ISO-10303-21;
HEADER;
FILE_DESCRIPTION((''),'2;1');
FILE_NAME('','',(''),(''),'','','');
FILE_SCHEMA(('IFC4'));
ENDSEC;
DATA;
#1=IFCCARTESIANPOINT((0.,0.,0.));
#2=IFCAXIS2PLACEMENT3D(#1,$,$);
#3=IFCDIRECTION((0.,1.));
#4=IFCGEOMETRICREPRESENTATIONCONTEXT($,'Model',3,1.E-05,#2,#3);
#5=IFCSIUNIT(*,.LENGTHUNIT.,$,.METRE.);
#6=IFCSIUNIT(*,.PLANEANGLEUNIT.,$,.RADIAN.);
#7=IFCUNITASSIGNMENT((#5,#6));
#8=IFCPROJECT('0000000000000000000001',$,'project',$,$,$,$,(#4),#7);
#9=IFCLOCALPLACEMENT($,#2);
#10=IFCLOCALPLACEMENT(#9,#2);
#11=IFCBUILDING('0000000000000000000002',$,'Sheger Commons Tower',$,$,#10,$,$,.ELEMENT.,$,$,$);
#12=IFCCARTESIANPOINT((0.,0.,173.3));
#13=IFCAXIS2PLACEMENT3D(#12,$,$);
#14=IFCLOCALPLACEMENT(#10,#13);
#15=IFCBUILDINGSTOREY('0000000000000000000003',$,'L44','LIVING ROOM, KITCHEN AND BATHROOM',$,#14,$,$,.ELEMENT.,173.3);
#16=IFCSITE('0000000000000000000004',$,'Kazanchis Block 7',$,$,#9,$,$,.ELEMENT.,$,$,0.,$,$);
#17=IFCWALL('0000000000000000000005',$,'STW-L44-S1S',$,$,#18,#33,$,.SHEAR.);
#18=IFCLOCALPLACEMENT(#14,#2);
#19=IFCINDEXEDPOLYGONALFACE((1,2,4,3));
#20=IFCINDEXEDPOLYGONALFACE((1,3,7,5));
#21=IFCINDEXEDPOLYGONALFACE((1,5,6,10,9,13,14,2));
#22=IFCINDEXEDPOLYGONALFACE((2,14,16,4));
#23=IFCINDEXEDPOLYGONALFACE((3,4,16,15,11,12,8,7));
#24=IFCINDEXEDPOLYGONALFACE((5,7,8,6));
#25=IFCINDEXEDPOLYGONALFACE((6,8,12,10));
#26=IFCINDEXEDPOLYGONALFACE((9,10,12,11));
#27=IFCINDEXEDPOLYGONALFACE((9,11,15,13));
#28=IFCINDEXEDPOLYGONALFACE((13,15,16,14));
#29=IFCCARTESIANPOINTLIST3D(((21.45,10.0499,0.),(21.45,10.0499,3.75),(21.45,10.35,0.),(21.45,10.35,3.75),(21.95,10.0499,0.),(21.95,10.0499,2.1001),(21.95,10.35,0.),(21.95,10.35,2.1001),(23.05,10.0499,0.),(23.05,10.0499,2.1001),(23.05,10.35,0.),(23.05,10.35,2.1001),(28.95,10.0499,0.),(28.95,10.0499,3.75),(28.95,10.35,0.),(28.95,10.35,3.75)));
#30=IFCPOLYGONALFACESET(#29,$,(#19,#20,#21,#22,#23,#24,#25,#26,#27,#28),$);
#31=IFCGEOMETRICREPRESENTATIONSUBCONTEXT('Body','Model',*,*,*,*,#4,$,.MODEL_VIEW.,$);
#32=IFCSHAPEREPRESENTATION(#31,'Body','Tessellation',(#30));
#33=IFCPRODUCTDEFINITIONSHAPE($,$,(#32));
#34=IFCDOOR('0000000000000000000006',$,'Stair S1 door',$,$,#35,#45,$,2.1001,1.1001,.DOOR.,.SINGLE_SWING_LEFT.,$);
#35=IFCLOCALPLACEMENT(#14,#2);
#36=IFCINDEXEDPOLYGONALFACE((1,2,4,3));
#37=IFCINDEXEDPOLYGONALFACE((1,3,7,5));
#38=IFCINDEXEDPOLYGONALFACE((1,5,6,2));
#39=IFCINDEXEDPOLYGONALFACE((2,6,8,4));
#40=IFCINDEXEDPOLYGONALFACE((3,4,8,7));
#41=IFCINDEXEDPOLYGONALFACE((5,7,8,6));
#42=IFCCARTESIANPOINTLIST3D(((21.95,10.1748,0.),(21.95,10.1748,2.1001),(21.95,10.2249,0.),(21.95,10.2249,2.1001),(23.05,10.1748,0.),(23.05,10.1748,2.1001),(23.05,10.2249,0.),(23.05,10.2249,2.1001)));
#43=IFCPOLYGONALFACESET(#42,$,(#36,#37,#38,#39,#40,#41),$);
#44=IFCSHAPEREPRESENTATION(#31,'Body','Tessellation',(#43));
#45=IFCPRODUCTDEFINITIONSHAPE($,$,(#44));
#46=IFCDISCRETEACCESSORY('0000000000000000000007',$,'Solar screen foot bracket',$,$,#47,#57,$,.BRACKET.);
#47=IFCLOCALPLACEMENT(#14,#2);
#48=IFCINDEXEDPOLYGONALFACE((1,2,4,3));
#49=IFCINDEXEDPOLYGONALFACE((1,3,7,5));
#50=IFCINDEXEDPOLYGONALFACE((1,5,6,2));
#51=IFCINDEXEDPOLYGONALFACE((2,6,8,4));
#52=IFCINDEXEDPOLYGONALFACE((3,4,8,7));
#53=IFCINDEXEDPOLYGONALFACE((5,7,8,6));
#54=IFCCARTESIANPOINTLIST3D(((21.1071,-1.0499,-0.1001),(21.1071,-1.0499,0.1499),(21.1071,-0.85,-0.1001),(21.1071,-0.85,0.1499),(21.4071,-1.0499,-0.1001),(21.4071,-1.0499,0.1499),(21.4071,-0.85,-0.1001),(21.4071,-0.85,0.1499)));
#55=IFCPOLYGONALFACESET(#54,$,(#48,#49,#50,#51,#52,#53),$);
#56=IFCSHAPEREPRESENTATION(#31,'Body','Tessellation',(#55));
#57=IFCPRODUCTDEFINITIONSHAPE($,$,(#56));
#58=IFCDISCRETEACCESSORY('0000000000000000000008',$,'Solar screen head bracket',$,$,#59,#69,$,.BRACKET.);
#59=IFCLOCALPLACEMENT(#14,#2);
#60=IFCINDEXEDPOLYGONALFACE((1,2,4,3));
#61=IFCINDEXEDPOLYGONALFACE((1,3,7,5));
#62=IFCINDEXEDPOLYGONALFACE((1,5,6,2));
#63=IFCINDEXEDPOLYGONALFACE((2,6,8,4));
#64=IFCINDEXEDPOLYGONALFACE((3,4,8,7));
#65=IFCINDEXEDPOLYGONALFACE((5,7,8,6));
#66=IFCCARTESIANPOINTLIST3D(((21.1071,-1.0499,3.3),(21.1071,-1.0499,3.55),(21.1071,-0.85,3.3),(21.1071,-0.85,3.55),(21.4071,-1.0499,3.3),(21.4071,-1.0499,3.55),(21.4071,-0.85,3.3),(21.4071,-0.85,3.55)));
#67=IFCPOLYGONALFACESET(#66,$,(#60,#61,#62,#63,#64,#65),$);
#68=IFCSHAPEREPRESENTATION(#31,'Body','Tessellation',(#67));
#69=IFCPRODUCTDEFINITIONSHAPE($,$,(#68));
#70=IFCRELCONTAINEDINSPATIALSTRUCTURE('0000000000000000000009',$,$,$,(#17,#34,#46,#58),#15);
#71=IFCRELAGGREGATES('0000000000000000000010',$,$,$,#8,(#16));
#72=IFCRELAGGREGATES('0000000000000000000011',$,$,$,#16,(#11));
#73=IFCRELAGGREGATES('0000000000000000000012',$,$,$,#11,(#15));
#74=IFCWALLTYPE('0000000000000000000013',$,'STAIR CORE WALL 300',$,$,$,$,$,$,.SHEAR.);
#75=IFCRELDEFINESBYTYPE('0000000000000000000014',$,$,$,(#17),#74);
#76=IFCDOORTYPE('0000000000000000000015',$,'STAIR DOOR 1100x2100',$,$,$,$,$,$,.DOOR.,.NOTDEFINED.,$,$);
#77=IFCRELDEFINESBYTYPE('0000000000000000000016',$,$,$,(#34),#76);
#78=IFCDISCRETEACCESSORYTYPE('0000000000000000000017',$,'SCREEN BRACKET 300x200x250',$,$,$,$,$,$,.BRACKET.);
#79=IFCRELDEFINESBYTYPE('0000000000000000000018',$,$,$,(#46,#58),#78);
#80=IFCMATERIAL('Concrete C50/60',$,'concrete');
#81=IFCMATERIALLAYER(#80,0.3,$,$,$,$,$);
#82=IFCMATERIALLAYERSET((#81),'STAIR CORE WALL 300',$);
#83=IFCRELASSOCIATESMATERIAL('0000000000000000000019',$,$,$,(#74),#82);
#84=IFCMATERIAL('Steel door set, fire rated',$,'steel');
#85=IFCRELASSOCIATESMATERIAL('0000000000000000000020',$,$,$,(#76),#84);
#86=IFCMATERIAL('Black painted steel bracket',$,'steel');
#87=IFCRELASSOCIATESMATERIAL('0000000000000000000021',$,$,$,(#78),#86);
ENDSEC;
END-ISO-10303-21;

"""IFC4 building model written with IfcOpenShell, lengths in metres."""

from ifc_helpers import new_model, si_unit, direction, frame, frame_2d, origin, origin_2d, place, context, subcontext, project, spatial, rectangle, extrude, material, layer, layer_set, type_object, element, fill, save


model = new_model("IFC4")

# Units and contexts
model_context = context("Model", 3, precision=1e-05, world=origin(), true_north=direction((0.0, 1.0)))
body_context = subcontext(model_context, "Body", "Model", "MODEL_VIEW")
ifc_project = project(units=[si_unit("LENGTHUNIT", "METRE"), si_unit("PLANEANGLEUNIT", "RADIAN")], contexts=[model_context])

# Site, building, storey
site_placement = place(None, origin())
site = spatial("IfcSite", under=ifc_project, at=site_placement, Name="Kazanchis Block 7", CompositionType="ELEMENT", RefElevation=0.0)
building_placement = place(site_placement, origin())
building = spatial("IfcBuilding", under=site, at=building_placement, Name="Sheger Commons Tower", CompositionType="ELEMENT")
storey_placement = place(building_placement, frame((0.0, 0.0, 173.3)))
storey = spatial("IfcBuildingStorey", under=building, at=storey_placement, Name="L44", Description="LIVING ROOM, KITCHEN AND BATHROOM", CompositionType="ELEMENT", Elevation=173.3)

# Wall, opening, door
ifc_material_1 = material(Name="Concrete C50/60", Category="concrete")
ifc_layer_1 = layer(ifc_material_1, 0.3)
ifc_layer_set_1 = layer_set([ifc_layer_1], Name="STAIR CORE WALL 300")
wall_type_1 = type_object("IfcWallType", Name="STAIR CORE WALL 300", PredefinedType="SHEAR", material=ifc_layer_set_1)
wall_1_placement = place(storey_placement, frame((21.45, 10.2, 0.0), z_axis=(0.0, 0.0, 1.0), x_axis=(1.0, 0.0, 0.0)))
wall_1 = element("IfcWall", 1, at=wall_1_placement, inside=storey, type_object=wall_type_1, Name="STW-L44-S1S", PredefinedType="SHEAR", context=body_context, shape_type="SweptSolid", body=[
    extrude(rectangle(XDim=7.5, YDim=0.3, at=frame_2d((3.75, 0.0))), origin(), (0.0, 0.0, 1.0), 3.75),
])
opening_1_placement = place(wall_1_placement, frame((0.5, 0.0, 0.0)))
opening_1 = element("IfcOpeningElement", 2, at=opening_1_placement, cuts=wall_1, PredefinedType="OPENING", context=body_context, shape_type="SweptSolid", body=[
    extrude(rectangle(XDim=1.1001, YDim=2.1001, at=frame_2d((0.55, 1.05))), frame((0.0, 0.1599, 0.0), z_axis=(0.0, -1.0, 0.0), x_axis=(1.0, 0.0, 0.0)), (0.0, 0.0, 1.0), 0.3201),
])
ifc_material_2 = material(Name="Steel door set, fire rated", Category="steel")
door_type_1 = type_object("IfcDoorType", Name="STAIR DOOR 1100x2100", OperationType="NOTDEFINED", PredefinedType="DOOR", material=ifc_material_2)
door_1_placement = place(opening_1_placement, origin())
door_1 = element("IfcDoor", 3, at=door_1_placement, inside=storey, type_object=door_type_1, Name="Stair S1 door", OperationType="SINGLE_SWING_LEFT", OverallHeight=2.1001, OverallWidth=1.1001, PredefinedType="DOOR", context=body_context, shape_type="SweptSolid", body=[
    extrude(rectangle(XDim=1.1001, YDim=2.1001, at=frame_2d((0.55, 1.05))), frame((0.0, 0.0249, 0.0), z_axis=(0.0, -1.0, 0.0), x_axis=(1.0, 0.0, 0.0)), (0.0, 0.0, 1.0), 0.05),
])
fill(opening_1, door_1)

# Discrete accessories
ifc_material_3 = material(Name="Black painted steel bracket", Category="steel")
discrete_accessory_type = type_object("IfcDiscreteAccessoryType", Name="SCREEN BRACKET 300x200x250", PredefinedType="BRACKET", material=ifc_material_3)
for number, where, z_axis, x_axis, name in (
    (4, (21.2571, -0.95, -0.1001), (0.0, 0.0, 1.0), (1.0, 0.0, 0.0), "Solar screen foot bracket"),
    (5, (21.2571, -0.95, 3.3), (0.0, 0.0, 1.0), (1.0, 0.0, 0.0), "Solar screen head bracket"),
):
    element("IfcDiscreteAccessory", number, at=place(storey_placement, frame(where, z_axis=z_axis, x_axis=x_axis)), inside=storey, type_object=discrete_accessory_type, Name=name, PredefinedType="BRACKET", context=body_context, shape_type="SweptSolid", body=[
        extrude(rectangle(XDim=0.3, YDim=0.2, at=origin_2d()), origin(), (0.0, 0.0, 1.0), 0.25),
    ])

save(model, "model.ifc")
